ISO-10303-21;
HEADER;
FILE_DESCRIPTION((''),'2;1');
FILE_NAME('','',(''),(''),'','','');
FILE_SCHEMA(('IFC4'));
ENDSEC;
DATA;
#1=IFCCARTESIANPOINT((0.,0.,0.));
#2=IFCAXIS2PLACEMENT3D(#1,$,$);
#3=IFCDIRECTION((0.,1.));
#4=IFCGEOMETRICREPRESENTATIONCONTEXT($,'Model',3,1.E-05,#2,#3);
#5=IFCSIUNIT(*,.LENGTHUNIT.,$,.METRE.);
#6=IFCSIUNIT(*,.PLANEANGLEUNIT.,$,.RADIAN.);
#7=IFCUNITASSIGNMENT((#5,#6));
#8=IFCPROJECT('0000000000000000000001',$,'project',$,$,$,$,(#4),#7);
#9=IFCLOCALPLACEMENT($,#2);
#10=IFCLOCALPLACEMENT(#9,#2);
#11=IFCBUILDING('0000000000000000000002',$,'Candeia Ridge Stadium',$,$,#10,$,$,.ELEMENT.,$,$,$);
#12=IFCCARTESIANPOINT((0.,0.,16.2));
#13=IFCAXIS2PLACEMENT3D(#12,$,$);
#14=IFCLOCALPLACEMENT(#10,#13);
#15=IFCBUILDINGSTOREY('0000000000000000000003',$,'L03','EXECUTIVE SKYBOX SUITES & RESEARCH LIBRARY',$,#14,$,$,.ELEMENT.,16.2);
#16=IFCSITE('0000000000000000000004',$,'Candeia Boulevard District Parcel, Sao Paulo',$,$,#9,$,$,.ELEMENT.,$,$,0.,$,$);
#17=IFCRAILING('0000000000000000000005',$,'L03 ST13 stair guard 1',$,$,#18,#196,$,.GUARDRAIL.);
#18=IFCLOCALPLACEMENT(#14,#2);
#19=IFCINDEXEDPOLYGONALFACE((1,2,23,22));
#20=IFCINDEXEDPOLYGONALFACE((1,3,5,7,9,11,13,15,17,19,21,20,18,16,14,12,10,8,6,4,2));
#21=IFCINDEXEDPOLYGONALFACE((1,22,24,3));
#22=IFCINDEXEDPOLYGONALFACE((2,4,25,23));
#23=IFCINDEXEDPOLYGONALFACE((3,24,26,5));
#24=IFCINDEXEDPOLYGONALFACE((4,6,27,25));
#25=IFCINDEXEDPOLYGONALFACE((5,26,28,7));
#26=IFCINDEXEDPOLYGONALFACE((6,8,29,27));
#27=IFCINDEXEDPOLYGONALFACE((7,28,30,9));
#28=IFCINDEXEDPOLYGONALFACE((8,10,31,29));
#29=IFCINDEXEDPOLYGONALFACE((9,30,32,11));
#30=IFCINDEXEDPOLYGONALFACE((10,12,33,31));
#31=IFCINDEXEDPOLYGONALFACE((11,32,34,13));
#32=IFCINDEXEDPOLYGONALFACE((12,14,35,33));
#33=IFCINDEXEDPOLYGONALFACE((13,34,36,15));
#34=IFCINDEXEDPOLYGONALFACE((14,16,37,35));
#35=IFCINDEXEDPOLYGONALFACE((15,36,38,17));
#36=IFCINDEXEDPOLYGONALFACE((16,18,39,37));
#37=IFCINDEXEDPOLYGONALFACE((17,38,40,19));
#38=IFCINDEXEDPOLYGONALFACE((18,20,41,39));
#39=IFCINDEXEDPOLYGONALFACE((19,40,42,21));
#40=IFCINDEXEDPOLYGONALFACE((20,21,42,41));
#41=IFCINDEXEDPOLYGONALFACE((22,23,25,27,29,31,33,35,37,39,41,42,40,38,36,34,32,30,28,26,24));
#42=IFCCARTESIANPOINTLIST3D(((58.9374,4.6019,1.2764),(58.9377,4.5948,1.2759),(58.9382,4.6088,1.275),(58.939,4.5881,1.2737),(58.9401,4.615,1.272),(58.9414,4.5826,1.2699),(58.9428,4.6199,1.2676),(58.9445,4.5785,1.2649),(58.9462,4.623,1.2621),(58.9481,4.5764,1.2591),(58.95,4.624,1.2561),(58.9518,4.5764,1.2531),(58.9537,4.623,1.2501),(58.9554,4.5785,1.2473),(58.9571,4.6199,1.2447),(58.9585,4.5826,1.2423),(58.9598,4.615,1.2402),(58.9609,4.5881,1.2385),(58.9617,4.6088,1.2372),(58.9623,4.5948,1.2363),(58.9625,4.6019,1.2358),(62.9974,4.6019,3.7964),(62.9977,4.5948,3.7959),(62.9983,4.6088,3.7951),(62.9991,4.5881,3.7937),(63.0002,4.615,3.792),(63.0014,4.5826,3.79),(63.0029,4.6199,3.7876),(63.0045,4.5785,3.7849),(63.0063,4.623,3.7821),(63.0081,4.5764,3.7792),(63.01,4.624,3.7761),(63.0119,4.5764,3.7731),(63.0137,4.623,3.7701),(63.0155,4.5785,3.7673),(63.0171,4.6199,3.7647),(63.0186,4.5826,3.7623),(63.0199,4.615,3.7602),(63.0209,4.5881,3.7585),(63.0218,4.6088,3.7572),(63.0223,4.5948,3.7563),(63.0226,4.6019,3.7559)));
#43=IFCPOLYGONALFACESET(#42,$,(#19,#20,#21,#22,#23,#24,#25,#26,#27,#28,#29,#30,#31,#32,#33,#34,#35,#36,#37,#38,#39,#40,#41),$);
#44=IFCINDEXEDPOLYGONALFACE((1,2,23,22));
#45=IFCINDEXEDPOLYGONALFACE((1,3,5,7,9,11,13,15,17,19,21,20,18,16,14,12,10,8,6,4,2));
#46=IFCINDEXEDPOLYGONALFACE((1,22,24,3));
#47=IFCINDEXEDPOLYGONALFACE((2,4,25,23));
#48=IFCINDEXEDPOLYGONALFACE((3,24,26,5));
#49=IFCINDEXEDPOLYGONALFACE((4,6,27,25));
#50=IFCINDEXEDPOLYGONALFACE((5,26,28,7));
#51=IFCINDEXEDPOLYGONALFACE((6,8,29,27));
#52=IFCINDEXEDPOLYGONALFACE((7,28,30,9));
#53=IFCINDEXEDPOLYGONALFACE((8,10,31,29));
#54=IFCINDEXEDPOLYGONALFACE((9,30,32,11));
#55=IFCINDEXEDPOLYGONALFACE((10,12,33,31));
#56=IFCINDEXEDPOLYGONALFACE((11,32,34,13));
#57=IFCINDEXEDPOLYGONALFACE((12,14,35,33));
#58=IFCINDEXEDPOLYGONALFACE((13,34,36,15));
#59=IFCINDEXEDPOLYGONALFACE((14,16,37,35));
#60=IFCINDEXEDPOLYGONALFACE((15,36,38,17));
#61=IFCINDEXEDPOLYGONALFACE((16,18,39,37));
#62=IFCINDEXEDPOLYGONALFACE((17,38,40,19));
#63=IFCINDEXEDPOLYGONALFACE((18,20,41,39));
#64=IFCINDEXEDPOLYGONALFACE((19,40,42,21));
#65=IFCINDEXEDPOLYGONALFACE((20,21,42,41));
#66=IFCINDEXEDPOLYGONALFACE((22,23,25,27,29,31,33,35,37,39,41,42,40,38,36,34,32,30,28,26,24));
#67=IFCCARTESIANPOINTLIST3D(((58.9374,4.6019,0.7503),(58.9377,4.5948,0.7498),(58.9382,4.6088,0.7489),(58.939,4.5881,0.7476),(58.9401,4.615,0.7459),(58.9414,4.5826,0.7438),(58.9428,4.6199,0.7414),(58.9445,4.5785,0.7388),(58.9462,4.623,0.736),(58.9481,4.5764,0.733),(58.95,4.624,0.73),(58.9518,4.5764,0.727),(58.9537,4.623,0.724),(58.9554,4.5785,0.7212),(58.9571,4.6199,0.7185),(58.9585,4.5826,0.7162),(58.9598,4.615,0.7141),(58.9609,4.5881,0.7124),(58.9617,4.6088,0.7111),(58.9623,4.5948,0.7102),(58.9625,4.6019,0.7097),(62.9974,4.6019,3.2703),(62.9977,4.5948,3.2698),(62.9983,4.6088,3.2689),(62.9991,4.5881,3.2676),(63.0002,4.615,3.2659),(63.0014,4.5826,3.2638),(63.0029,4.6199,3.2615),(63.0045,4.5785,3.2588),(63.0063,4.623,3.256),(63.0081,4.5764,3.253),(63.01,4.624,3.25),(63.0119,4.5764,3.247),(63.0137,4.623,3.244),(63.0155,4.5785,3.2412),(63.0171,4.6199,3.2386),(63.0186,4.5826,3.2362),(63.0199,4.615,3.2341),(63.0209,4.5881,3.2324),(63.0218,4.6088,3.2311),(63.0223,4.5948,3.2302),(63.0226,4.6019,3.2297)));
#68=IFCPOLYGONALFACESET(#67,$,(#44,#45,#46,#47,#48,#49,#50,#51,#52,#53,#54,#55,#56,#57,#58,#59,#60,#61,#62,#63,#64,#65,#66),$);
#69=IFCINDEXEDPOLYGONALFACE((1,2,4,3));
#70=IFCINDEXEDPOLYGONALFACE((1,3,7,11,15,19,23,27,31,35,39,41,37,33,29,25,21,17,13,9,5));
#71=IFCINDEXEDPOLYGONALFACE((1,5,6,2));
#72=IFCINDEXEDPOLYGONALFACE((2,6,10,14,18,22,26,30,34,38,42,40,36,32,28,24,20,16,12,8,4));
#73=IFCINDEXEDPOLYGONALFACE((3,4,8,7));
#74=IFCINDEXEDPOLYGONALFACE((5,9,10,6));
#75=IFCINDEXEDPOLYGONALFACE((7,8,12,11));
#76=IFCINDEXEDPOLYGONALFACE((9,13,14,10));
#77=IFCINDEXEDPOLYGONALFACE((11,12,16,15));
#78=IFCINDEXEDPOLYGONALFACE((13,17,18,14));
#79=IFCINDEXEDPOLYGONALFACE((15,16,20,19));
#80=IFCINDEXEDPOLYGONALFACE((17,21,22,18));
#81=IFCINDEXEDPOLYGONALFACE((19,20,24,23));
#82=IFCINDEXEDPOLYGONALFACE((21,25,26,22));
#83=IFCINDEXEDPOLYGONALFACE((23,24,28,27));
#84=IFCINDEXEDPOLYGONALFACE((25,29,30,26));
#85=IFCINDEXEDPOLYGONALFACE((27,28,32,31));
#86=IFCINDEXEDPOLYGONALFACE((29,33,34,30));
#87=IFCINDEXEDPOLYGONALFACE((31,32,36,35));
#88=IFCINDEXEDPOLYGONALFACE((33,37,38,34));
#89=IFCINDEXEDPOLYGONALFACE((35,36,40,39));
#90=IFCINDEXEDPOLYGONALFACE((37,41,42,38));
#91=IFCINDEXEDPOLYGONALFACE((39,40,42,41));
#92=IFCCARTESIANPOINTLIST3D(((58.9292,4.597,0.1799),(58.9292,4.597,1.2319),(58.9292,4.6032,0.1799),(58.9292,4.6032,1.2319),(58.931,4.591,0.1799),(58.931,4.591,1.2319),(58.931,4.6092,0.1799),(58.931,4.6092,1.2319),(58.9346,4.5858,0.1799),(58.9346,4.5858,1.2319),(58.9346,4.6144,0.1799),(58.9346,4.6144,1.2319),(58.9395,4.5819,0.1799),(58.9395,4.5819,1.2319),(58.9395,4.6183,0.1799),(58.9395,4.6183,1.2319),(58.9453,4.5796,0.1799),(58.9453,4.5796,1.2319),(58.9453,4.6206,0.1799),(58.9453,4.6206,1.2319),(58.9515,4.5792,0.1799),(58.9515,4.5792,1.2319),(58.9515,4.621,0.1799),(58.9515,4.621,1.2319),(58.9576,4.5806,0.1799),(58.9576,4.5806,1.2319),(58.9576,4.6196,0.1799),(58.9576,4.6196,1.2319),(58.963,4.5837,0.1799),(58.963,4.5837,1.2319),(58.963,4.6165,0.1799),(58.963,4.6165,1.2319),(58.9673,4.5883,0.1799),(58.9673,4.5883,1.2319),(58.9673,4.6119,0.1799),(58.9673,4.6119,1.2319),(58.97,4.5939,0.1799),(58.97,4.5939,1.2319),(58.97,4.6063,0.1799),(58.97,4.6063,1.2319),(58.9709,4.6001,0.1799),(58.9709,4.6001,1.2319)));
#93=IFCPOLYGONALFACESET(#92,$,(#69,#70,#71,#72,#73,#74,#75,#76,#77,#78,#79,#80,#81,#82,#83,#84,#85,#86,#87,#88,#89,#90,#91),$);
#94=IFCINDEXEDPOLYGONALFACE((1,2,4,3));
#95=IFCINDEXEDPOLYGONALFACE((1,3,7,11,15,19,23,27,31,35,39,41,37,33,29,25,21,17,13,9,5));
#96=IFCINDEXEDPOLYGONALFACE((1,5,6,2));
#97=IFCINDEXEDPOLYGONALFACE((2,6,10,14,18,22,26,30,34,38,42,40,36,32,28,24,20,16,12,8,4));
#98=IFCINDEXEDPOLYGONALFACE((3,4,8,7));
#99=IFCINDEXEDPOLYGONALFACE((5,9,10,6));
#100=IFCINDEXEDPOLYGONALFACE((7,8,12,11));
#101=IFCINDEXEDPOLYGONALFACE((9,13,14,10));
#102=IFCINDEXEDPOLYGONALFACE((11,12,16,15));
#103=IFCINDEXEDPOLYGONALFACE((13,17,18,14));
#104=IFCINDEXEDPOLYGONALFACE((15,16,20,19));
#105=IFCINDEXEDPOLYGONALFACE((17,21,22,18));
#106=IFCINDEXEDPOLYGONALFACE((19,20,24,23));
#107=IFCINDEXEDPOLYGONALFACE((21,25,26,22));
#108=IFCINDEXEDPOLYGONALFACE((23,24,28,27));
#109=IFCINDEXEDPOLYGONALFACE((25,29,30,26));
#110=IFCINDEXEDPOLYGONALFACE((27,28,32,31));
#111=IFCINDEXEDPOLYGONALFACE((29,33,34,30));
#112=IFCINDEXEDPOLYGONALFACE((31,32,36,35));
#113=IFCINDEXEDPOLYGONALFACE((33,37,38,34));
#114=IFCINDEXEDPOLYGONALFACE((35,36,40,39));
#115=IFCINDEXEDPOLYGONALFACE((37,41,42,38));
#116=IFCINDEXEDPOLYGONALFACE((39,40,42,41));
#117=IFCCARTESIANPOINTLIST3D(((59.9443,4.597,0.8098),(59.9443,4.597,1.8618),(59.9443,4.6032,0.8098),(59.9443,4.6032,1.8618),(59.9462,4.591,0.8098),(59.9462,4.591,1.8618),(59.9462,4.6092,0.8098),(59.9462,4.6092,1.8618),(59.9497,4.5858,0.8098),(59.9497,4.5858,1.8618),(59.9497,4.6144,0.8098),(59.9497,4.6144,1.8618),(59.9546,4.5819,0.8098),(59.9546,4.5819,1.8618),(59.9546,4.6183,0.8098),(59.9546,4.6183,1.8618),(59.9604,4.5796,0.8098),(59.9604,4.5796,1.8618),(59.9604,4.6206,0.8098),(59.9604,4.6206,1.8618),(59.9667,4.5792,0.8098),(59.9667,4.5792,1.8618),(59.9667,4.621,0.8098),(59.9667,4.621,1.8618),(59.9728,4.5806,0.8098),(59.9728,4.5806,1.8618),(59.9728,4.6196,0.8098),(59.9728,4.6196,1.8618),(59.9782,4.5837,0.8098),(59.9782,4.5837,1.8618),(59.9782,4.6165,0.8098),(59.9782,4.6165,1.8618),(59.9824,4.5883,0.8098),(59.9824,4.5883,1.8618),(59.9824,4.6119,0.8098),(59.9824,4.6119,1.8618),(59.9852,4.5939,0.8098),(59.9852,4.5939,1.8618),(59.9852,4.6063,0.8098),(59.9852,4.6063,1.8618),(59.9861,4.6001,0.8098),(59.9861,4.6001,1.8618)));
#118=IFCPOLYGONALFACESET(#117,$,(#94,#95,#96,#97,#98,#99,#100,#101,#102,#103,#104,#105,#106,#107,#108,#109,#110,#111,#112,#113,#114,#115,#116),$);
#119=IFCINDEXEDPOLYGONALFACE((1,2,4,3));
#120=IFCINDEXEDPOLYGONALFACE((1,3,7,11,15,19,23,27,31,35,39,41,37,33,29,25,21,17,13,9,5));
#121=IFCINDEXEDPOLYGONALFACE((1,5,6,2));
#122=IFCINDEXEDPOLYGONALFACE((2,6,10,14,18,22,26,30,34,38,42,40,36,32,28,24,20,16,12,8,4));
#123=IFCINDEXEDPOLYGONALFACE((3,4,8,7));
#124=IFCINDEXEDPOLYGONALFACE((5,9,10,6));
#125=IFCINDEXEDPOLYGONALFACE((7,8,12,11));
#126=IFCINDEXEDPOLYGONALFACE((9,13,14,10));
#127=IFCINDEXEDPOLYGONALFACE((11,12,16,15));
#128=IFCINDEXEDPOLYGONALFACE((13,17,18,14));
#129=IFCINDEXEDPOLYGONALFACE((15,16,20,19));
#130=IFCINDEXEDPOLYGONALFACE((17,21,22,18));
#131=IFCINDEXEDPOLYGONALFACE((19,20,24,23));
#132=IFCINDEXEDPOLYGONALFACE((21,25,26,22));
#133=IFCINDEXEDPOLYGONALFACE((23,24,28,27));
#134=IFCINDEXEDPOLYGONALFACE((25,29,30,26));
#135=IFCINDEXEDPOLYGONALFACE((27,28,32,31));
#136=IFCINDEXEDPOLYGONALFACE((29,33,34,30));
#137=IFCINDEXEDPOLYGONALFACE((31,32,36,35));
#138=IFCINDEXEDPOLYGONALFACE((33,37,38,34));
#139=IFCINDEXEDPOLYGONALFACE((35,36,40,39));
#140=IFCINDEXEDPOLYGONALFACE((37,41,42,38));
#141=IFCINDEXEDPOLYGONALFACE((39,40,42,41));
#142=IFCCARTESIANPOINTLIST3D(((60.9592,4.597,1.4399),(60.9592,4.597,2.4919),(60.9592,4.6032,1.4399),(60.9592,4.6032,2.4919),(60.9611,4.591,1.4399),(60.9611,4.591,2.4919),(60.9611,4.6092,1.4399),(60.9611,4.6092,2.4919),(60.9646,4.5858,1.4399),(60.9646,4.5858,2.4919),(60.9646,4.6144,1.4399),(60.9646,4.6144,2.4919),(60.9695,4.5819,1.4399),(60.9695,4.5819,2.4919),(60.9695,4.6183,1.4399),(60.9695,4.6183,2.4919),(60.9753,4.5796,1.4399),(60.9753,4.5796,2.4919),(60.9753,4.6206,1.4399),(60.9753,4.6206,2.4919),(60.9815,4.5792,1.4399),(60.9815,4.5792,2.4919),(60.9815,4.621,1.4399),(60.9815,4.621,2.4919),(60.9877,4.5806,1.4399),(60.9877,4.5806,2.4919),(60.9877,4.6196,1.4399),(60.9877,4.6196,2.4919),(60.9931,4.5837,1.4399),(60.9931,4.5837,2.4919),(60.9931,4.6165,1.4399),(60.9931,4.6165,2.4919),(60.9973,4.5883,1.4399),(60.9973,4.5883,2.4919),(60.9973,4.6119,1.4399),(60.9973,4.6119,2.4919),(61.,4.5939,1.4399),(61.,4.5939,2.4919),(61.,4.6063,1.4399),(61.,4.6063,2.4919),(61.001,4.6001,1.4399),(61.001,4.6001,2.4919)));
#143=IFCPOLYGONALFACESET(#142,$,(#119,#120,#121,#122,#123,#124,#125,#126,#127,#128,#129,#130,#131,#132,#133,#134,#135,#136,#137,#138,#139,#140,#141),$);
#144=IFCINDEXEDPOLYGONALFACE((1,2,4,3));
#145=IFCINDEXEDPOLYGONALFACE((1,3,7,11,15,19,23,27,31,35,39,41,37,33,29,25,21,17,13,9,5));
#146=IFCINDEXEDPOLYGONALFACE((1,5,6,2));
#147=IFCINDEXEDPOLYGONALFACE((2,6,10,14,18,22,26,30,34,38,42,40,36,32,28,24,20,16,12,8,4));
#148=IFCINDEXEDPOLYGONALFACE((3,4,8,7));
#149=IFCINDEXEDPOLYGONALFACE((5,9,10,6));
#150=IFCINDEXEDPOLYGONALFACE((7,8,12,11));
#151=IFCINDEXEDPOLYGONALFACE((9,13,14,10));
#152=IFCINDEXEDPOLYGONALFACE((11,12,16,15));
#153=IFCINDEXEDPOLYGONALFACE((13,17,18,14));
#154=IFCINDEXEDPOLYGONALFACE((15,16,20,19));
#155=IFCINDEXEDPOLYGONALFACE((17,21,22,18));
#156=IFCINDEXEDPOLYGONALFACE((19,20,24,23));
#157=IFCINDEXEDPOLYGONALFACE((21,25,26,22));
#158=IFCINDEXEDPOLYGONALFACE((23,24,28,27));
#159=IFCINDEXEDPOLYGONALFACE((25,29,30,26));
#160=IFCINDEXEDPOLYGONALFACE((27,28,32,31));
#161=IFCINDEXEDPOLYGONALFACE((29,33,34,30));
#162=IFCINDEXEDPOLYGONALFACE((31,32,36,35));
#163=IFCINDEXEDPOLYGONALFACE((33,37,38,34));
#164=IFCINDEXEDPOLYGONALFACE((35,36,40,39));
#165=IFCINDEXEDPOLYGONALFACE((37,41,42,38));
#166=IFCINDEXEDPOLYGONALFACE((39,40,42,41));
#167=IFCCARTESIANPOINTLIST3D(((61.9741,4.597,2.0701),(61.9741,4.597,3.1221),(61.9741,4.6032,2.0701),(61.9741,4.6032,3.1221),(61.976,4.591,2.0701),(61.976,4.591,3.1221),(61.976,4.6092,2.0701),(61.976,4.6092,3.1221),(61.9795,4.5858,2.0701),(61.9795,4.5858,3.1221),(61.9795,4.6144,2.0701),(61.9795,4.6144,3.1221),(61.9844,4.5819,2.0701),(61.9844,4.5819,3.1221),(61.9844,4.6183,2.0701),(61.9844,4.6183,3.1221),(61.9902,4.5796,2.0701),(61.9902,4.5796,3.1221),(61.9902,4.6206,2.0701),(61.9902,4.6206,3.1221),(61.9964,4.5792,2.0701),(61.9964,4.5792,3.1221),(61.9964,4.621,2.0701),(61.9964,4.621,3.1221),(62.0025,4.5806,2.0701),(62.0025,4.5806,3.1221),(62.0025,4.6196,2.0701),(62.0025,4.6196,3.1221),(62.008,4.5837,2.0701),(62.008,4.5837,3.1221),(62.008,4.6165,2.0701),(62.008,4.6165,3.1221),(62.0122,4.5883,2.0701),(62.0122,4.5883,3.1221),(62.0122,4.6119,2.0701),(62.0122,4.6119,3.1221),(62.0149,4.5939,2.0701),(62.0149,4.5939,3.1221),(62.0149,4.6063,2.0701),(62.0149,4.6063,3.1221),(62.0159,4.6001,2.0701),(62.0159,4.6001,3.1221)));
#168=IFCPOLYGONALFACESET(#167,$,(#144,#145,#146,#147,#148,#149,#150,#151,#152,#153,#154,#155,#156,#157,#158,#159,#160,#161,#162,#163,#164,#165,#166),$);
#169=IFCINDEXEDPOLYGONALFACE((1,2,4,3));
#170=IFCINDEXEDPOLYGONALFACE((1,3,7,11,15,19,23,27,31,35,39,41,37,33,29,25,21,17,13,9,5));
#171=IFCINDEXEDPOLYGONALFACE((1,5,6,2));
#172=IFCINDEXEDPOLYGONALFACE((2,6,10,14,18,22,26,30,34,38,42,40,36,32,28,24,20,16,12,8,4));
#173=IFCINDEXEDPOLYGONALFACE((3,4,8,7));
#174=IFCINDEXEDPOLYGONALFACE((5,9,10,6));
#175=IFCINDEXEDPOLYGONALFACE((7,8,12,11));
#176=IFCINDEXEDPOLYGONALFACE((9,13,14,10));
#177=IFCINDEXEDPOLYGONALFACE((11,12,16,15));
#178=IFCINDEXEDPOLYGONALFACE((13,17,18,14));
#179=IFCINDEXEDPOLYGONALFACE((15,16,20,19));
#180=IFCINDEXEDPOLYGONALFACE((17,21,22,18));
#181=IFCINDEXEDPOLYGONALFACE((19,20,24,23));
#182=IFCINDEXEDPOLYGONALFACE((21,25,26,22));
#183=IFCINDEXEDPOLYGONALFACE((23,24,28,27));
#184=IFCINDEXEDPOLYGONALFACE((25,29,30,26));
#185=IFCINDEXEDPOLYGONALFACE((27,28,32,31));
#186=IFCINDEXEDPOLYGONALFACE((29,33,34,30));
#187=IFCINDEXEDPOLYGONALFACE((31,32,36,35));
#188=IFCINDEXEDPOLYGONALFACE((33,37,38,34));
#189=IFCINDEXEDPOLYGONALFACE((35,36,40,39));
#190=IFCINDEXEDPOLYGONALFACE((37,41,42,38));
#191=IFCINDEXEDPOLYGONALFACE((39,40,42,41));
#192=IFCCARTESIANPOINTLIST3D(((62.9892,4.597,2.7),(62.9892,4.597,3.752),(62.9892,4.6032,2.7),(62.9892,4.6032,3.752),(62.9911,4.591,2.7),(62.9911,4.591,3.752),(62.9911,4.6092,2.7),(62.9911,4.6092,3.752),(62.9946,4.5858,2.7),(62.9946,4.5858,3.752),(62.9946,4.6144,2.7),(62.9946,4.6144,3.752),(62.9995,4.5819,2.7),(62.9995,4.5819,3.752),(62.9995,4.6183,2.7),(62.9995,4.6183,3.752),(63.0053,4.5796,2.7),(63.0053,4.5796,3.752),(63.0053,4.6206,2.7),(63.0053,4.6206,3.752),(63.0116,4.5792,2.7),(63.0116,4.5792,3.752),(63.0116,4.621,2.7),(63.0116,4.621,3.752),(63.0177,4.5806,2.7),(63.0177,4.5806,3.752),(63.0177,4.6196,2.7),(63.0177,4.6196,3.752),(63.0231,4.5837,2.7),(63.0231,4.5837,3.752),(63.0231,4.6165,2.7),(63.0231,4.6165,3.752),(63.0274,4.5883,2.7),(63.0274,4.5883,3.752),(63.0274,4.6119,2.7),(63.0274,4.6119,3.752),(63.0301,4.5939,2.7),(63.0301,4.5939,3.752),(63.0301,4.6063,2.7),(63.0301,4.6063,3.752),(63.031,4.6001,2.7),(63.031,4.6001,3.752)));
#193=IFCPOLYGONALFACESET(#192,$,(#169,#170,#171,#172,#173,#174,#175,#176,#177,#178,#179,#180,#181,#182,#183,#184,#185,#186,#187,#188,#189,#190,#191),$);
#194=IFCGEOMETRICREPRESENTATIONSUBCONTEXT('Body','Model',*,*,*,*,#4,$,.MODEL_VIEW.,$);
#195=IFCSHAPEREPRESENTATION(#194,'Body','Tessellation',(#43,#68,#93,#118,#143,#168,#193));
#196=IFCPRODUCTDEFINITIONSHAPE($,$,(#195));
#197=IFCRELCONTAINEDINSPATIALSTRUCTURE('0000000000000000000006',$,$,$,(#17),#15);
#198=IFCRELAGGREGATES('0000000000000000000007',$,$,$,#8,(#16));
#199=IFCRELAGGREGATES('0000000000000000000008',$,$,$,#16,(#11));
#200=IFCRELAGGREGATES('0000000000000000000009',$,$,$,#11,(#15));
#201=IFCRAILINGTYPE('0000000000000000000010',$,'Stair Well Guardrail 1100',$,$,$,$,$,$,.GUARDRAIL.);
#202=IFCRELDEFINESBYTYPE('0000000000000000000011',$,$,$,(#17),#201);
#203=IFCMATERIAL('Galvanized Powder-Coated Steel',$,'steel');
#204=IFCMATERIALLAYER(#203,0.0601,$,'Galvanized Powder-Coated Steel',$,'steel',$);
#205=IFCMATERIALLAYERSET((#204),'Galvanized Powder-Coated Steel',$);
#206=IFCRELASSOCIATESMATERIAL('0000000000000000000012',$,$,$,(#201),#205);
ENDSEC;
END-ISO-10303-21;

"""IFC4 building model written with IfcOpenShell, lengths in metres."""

from ifc_helpers import new_model, si_unit, direction, frame, origin, origin_2d, place, context, subcontext, project, spatial, circle, extrude, material, layer, layer_set, type_object, element, save


model = new_model("IFC4")

# Units and contexts
model_context = context("Model", 3, precision=1e-05, world=origin(), true_north=direction((0.0, 1.0)))
body_context = subcontext(model_context, "Body", "Model", "MODEL_VIEW")
ifc_project = project(units=[si_unit("LENGTHUNIT", "METRE"), si_unit("PLANEANGLEUNIT", "RADIAN")], contexts=[model_context])

# Site, building, storey
site_placement = place(None, origin())
site = spatial("IfcSite", under=ifc_project, at=site_placement, Name="Candeia Boulevard District Parcel, Sao Paulo", CompositionType="ELEMENT", RefElevation=0.0)
building_placement = place(site_placement, origin())
building = spatial("IfcBuilding", under=site, at=building_placement, Name="Candeia Ridge Stadium", CompositionType="ELEMENT")
storey_placement = place(building_placement, frame((0.0, 0.0, 16.2)))
storey = spatial("IfcBuildingStorey", under=building, at=storey_placement, Name="L03", Description="EXECUTIVE SKYBOX SUITES & RESEARCH LIBRARY", CompositionType="ELEMENT", Elevation=16.2)

# Railing
ifc_material_1 = material(Name="Galvanized Powder-Coated Steel", Category="steel")
ifc_layer_1 = layer(ifc_material_1, 0.0601, Name="Galvanized Powder-Coated Steel", Category="steel")
ifc_layer_set_1 = layer_set([ifc_layer_1], Name="Galvanized Powder-Coated Steel")
railing_type_1 = type_object("IfcRailingType", Name="Stair Well Guardrail 1100", PredefinedType="GUARDRAIL", material=ifc_layer_set_1)
railing_1_placement = place(storey_placement, frame((58.95, 4.6001, 0.1799)))
element("IfcRailing", 1, at=railing_1_placement, inside=storey, type_object=railing_type_1, Name="L03 ST13 stair guard 1", PredefinedType="GUARDRAIL", context=body_context, shape_type="SweptSolid", body=[
    extrude(circle(Radius=0.0239, at=origin_2d()), frame((0.0, 0.0, 1.0762), z_axis=(0.849642, 0.0, 0.52736), x_axis=(0.0, 1.0, 0.0)), (0.0, 0.0, 1.0), 4.7786),
    extrude(circle(Radius=0.0239, at=origin_2d()), frame((0.0, 0.0, 0.55), z_axis=(0.849642, 0.0, 0.52736), x_axis=(0.0, 1.0, 0.0)), (0.0, 0.0, 1.0), 4.7786),
    extrude(circle(Radius=0.021, at=origin_2d()), origin(), (0.0, 0.0, 1.0), 1.052),
    extrude(circle(Radius=0.021, at=origin_2d()), frame((1.0151, 0.0, 0.6299)), (0.0, 0.0, 1.0), 1.052),
    extrude(circle(Radius=0.021, at=origin_2d()), frame((2.03, 0.0, 1.26)), (0.0, 0.0, 1.0), 1.052),
    extrude(circle(Radius=0.021, at=origin_2d()), frame((3.0449, 0.0, 1.8901)), (0.0, 0.0, 1.0), 1.052),
    extrude(circle(Radius=0.021, at=origin_2d()), frame((4.0601, 0.0, 2.52)), (0.0, 0.0, 1.0), 1.052),
])

save(model, "model.ifc")
